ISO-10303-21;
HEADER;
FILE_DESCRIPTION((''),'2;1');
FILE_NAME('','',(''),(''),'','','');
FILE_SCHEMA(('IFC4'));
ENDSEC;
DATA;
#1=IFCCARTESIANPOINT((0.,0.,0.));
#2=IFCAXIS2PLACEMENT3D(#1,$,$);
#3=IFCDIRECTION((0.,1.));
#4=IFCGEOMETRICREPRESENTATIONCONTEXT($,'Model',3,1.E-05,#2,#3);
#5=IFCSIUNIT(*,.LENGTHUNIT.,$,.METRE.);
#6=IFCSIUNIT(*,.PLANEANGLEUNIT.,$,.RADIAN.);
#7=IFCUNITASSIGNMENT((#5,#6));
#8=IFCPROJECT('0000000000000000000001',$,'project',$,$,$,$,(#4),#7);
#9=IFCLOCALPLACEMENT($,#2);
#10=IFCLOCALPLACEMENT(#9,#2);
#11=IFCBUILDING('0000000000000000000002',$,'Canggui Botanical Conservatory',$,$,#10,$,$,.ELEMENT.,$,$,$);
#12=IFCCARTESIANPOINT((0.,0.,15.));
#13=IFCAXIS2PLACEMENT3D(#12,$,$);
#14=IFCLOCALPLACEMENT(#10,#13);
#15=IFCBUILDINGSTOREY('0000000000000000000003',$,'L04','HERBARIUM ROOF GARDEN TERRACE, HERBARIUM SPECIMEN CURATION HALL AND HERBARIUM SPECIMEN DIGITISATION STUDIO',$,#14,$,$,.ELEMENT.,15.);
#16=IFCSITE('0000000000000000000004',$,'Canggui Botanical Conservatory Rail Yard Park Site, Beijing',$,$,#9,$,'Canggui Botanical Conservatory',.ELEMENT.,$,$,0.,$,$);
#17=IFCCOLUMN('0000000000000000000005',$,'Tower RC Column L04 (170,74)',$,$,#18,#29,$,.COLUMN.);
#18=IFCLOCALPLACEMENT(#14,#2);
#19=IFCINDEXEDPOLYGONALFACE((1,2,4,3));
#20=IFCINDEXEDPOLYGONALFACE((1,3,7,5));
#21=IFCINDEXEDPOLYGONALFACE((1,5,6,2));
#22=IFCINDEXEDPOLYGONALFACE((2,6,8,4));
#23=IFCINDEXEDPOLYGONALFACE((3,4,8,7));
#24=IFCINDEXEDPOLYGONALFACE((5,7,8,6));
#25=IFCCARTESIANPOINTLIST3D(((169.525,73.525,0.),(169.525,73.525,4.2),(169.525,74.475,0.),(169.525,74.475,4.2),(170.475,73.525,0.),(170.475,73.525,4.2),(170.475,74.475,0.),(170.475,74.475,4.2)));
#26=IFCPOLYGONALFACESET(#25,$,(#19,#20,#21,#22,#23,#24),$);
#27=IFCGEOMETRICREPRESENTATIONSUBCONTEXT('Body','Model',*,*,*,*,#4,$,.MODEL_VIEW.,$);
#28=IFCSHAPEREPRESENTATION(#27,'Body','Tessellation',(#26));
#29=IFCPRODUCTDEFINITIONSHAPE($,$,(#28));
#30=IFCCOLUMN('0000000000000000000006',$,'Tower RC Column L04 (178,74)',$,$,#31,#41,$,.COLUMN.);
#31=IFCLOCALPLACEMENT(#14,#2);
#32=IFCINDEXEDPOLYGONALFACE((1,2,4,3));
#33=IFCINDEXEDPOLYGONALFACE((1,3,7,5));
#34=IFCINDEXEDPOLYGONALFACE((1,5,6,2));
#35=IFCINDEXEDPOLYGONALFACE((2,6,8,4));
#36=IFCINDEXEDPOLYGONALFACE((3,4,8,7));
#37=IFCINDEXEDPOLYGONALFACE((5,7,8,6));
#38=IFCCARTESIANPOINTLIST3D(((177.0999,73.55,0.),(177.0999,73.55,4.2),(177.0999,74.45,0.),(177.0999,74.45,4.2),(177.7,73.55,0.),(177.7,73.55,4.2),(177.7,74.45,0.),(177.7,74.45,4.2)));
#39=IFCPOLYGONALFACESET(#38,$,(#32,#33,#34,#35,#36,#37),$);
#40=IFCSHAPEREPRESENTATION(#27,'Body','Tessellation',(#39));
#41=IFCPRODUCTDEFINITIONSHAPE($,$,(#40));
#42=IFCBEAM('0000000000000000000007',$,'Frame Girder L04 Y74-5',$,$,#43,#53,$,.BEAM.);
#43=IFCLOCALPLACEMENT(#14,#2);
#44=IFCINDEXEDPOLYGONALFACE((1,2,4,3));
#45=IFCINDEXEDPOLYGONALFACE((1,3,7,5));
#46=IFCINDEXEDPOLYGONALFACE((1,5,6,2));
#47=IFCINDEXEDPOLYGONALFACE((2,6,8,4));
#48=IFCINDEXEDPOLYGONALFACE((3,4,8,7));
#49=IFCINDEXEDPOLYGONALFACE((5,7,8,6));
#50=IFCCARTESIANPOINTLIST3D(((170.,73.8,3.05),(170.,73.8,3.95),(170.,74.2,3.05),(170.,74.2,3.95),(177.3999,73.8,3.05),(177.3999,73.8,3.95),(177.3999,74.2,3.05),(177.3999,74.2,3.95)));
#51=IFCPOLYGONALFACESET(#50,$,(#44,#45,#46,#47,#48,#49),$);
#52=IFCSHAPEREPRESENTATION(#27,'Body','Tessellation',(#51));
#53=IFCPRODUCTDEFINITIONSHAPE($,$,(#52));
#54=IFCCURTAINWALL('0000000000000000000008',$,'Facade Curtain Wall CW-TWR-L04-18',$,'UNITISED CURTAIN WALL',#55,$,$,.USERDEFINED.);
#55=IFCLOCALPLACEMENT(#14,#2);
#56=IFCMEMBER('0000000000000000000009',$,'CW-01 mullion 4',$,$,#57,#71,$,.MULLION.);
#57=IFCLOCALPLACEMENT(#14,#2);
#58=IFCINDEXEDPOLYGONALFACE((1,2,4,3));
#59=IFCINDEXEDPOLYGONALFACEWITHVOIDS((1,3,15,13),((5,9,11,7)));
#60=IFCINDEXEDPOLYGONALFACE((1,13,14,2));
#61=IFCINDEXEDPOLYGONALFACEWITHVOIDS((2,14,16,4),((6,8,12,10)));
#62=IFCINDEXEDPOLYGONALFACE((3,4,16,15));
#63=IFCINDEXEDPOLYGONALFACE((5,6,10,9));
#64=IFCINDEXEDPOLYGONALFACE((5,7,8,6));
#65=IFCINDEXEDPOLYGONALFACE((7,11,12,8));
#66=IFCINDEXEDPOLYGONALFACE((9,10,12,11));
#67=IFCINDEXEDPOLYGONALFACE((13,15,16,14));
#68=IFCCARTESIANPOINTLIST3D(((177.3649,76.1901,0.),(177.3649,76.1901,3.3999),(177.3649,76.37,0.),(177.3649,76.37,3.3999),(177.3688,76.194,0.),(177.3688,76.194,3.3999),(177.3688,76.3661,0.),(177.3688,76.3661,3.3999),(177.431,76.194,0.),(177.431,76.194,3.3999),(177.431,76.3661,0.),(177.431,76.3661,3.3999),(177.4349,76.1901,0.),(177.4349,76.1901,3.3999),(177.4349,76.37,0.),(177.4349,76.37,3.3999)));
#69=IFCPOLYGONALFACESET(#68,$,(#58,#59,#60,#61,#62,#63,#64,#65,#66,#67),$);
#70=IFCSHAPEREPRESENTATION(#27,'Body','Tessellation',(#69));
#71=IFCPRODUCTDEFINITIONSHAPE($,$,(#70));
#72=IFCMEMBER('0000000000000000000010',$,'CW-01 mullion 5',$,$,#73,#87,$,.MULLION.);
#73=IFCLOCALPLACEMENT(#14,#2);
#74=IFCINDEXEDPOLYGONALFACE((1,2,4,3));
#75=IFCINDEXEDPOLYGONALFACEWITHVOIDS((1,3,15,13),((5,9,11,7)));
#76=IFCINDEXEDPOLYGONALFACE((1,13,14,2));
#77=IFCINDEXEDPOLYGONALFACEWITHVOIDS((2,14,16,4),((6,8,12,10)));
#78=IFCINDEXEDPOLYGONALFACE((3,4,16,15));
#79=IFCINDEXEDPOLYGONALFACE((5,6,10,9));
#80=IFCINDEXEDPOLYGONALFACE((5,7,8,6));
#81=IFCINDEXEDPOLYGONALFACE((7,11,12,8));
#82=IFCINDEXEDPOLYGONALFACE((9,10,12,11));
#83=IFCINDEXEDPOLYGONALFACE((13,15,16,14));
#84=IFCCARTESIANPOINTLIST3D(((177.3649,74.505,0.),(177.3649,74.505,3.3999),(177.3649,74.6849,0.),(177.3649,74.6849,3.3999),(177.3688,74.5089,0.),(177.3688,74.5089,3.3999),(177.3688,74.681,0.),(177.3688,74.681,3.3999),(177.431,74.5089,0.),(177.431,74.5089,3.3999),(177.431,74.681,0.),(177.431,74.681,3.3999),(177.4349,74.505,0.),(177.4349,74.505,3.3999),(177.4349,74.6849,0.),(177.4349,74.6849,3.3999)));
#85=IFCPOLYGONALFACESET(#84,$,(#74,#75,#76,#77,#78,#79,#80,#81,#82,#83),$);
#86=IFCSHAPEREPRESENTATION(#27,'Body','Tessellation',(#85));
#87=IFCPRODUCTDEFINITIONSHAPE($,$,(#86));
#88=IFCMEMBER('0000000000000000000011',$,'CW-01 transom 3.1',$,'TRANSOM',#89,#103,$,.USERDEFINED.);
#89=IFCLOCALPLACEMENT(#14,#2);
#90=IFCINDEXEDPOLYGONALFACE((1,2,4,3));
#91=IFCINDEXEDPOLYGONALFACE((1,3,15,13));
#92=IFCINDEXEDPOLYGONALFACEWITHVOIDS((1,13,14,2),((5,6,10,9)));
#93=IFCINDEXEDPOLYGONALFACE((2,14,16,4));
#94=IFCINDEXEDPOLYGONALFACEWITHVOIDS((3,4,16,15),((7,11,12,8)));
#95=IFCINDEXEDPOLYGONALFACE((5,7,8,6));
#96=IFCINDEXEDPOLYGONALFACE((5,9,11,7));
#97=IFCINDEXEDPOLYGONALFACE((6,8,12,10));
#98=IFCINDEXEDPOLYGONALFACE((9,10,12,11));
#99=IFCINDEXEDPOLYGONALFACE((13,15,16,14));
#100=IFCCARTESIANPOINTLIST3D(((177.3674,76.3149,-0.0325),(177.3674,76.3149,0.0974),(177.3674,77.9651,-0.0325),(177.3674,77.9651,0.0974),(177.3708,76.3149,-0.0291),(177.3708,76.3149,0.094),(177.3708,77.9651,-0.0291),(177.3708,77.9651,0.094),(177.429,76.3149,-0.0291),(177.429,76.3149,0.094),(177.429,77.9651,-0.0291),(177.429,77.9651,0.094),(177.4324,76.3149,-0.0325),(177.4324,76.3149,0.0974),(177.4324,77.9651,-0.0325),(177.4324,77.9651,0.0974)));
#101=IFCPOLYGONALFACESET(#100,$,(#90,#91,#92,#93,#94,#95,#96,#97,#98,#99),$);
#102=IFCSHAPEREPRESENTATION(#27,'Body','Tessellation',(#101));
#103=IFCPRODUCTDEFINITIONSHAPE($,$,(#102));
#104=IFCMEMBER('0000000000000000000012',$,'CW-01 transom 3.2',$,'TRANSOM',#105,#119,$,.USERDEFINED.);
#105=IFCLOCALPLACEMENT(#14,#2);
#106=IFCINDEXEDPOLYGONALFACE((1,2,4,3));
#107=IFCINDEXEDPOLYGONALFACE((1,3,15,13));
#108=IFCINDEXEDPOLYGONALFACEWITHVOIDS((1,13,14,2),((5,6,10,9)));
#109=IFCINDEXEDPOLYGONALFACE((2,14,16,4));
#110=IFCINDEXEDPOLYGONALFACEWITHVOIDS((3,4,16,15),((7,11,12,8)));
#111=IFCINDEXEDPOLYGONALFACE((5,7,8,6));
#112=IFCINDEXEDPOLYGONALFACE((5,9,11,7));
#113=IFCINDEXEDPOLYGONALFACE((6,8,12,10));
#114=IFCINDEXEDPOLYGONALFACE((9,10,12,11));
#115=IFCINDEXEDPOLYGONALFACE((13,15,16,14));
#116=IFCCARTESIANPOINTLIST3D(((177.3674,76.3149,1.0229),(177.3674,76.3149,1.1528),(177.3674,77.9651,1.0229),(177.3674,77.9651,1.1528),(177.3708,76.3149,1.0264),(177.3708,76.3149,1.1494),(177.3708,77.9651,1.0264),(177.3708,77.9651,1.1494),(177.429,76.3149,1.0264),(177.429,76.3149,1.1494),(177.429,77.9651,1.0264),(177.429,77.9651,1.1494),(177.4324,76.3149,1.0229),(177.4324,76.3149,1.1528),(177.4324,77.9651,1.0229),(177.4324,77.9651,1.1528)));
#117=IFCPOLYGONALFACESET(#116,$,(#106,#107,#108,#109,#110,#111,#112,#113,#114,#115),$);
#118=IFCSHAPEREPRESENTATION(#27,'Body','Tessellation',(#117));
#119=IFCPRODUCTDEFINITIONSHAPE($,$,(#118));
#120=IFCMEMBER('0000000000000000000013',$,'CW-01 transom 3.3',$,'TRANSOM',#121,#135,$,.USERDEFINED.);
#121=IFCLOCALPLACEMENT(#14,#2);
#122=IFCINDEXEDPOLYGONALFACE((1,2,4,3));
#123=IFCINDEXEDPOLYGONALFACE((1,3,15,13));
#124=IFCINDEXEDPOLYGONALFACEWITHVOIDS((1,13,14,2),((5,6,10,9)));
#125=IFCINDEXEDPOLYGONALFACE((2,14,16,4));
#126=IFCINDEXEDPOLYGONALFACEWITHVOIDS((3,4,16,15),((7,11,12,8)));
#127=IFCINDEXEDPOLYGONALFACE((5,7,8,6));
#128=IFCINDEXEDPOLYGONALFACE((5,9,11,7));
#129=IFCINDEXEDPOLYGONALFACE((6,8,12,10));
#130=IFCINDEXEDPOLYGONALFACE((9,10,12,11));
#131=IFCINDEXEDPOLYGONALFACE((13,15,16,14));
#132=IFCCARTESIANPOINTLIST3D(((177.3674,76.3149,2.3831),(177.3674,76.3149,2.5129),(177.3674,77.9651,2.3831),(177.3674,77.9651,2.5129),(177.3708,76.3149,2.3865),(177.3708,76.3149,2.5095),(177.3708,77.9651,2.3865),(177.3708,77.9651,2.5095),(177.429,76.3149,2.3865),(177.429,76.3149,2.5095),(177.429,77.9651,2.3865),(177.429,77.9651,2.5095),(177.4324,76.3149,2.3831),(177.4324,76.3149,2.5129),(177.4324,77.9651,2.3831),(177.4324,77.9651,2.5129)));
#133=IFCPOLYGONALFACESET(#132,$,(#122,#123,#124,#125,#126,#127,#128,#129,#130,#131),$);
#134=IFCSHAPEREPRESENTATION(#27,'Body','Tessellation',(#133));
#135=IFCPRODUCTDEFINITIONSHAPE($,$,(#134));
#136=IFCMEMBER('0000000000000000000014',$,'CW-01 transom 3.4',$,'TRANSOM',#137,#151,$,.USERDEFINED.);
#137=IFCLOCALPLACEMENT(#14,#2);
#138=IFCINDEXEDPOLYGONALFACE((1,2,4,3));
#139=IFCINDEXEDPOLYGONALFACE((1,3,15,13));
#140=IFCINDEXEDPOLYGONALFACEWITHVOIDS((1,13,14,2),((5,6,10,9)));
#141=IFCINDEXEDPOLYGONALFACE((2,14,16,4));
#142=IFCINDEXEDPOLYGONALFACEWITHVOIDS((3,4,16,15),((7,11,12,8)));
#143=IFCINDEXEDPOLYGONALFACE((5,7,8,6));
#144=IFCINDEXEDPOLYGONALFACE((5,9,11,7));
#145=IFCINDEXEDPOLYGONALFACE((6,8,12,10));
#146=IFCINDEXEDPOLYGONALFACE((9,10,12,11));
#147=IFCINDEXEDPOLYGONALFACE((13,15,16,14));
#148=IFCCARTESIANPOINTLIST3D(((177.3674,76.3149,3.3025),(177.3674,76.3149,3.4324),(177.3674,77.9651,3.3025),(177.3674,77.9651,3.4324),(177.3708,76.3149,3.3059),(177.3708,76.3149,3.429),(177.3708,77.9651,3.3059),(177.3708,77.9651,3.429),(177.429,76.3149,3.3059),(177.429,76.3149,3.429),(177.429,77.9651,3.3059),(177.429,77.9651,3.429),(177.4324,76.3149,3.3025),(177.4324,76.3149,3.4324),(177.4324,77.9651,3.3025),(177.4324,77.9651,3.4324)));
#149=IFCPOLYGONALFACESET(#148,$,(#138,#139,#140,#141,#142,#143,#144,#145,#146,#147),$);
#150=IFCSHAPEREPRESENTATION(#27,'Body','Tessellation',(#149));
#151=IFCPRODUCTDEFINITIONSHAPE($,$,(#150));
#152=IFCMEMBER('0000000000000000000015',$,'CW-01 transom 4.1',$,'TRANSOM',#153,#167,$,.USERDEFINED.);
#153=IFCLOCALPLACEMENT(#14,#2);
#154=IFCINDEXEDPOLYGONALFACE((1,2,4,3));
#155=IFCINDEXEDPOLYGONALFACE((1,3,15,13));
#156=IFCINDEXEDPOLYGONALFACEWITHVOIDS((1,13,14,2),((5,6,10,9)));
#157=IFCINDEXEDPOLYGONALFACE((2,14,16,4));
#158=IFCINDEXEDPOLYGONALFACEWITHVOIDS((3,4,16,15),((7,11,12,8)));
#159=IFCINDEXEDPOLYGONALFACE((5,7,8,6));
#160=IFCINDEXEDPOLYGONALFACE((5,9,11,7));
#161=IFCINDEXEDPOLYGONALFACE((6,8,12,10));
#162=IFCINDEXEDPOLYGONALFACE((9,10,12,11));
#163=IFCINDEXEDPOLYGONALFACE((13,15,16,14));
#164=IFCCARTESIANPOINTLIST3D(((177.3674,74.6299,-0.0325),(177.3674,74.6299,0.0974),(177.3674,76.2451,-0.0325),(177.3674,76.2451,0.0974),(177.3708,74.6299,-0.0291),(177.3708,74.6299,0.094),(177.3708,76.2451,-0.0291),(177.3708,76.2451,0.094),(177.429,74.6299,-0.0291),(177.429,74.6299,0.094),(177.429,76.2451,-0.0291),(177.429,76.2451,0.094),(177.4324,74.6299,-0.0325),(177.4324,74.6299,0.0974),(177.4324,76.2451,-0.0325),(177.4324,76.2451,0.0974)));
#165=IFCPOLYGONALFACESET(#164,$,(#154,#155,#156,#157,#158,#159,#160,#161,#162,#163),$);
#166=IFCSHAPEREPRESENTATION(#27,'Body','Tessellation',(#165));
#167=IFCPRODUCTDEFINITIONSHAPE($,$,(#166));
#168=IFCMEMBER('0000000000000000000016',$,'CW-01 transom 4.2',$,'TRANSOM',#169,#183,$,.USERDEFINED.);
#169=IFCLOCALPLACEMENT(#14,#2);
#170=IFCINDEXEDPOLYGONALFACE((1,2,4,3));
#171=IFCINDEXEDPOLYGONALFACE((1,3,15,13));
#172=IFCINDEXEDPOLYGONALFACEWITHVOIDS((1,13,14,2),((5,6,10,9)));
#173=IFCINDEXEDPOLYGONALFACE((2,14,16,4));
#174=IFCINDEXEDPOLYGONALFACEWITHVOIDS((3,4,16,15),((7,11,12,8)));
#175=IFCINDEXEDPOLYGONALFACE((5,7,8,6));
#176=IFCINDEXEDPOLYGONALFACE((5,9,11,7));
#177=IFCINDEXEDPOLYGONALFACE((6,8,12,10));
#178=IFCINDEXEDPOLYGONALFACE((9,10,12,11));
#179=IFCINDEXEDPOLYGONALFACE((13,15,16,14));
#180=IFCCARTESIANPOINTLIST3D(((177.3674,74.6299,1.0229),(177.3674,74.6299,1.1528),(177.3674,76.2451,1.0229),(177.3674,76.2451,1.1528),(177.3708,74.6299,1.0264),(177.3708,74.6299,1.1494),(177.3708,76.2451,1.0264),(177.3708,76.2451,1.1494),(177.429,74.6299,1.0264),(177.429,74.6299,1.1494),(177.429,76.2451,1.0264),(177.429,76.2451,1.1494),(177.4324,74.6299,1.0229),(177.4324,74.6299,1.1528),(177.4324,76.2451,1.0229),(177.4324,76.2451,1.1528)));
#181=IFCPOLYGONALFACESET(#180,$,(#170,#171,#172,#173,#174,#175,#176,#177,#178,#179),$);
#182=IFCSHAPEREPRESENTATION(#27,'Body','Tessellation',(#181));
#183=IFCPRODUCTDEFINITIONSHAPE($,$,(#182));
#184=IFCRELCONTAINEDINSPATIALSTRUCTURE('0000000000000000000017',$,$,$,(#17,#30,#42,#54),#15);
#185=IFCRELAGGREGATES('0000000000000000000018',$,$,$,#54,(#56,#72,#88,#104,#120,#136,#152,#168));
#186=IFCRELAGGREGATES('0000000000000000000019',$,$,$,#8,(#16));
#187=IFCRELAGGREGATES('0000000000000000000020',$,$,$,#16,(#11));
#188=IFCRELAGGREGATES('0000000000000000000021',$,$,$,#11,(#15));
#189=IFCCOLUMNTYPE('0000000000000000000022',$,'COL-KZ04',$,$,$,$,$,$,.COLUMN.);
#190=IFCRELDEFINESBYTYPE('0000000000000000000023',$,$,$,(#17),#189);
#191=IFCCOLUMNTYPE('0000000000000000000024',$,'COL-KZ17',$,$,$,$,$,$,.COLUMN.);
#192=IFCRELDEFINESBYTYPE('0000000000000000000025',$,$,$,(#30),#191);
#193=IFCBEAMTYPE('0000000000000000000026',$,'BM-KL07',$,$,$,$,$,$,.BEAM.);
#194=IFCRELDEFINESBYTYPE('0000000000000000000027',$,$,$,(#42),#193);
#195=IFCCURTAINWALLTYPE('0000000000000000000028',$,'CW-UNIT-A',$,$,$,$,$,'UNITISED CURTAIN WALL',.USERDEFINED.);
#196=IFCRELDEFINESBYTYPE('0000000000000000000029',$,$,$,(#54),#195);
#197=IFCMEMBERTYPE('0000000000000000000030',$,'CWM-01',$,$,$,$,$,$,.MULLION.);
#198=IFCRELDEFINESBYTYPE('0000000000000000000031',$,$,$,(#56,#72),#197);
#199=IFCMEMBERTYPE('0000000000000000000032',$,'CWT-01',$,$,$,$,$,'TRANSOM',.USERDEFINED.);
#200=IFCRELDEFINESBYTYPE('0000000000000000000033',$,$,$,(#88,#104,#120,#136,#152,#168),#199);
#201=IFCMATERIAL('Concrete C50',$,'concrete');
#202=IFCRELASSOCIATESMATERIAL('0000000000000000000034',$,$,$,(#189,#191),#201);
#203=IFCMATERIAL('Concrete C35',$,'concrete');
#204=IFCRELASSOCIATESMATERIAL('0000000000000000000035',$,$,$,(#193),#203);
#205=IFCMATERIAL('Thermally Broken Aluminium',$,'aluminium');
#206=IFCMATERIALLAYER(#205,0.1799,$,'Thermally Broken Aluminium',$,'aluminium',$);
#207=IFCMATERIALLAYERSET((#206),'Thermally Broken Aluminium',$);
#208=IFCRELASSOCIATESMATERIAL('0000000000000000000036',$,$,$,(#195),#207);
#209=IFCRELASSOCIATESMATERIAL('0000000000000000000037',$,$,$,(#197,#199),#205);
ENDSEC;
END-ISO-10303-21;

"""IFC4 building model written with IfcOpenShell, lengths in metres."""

from ifc_helpers import new_model, si_unit, direction, frame, origin, origin_2d, place, context, subcontext, project, spatial, rectangle, hollow_rectangle, extrude, material, layer, layer_set, material_profile, profile_set, type_object, element, aggregate, save


model = new_model("IFC4")

# Units and contexts
model_context = context("Model", 3, precision=1e-05, world=origin(), true_north=direction((0.0, 1.0)))
body_context = subcontext(model_context, "Body", "Model", "MODEL_VIEW")
ifc_project = project(units=[si_unit("LENGTHUNIT", "METRE"), si_unit("PLANEANGLEUNIT", "RADIAN")], contexts=[model_context])

# Site, building, storey
site_placement = place(None, origin())
site = spatial("IfcSite", under=ifc_project, at=site_placement, Name="Canggui Botanical Conservatory Rail Yard Park Site, Beijing", LongName="Canggui Botanical Conservatory", CompositionType="ELEMENT", RefElevation=0.0)
building_placement = place(site_placement, origin())
building = spatial("IfcBuilding", under=site, at=building_placement, Name="Canggui Botanical Conservatory", CompositionType="ELEMENT")
storey_placement = place(building_placement, frame((0.0, 0.0, 15.0)))
storey = spatial("IfcBuildingStorey", under=building, at=storey_placement, Name="L04", Description="HERBARIUM ROOF GARDEN TERRACE, HERBARIUM SPECIMEN CURATION HALL AND HERBARIUM SPECIMEN DIGITISATION STUDIO", CompositionType="ELEMENT", Elevation=15.0)

# Columns
ifc_material_1 = material(Name="Concrete C50", Category="concrete")
ifc_material_profile_1 = material_profile(ifc_material_1, rectangle(XDim=0.95, YDim=0.95, at=origin_2d()), Name="RC 950x950")
ifc_profile_set_1 = profile_set([ifc_material_profile_1], Name="Concrete C50")
column_type_1 = type_object("IfcColumnType", Name="COL-KZ04", PredefinedType="COLUMN", material=ifc_profile_set_1)
column_1_placement = place(storey_placement, frame((170.0, 74.0, 0.0), z_axis=(0.0, 0.0, 1.0), x_axis=(1.0, 0.0, 0.0)))
element("IfcColumn", 1, at=column_1_placement, inside=storey, type_object=column_type_1, Name="Tower RC Column L04 (170,74)", PredefinedType="COLUMN", context=body_context, shape_type="SweptSolid", body=[
    extrude(rectangle(XDim=0.95, YDim=0.95, at=origin_2d()), origin(), (0.0, 0.0, 1.0), 4.2),
])
ifc_material_profile_2 = material_profile(ifc_material_1, rectangle(XDim=0.6001, YDim=0.8999, at=origin_2d()), Name="RC 600x900")
ifc_profile_set_2 = profile_set([ifc_material_profile_2], Name="Concrete C50")
column_type_2 = type_object("IfcColumnType", Name="COL-KZ17", PredefinedType="COLUMN", material=ifc_profile_set_2)
column_2_placement = place(storey_placement, frame((177.3999, 74.0, 0.0), z_axis=(0.0, 0.0, 1.0), x_axis=(1.0, 0.0, 0.0)))
element("IfcColumn", 2, at=column_2_placement, inside=storey, type_object=column_type_2, Name="Tower RC Column L04 (178,74)", PredefinedType="COLUMN", context=body_context, shape_type="SweptSolid", body=[
    extrude(rectangle(XDim=0.6001, YDim=0.8999, at=origin_2d()), origin(), (0.0, 0.0, 1.0), 4.2),
])

# Beam
ifc_material_2 = material(Name="Concrete C35", Category="concrete")
ifc_material_profile_3 = material_profile(ifc_material_2, rectangle(XDim=0.3999, YDim=0.8999, at=origin_2d()), Name="RB 400x900")
ifc_profile_set_3 = profile_set([ifc_material_profile_3], Name="Concrete C35")
beam_type = type_object("IfcBeamType", Name="BM-KL07", PredefinedType="BEAM", material=ifc_profile_set_3)
beam_placement = place(storey_placement, frame((170.0, 74.0, 3.5), z_axis=(1.0, 0.0, 0.0), x_axis=(0.0, 1.0, 0.0)))
element("IfcBeam", 3, at=beam_placement, inside=storey, type_object=beam_type, Name="Frame Girder L04 Y74-5", PredefinedType="BEAM", context=body_context, shape_type="SweptSolid", body=[
    extrude(rectangle(XDim=0.3999, YDim=0.8999, at=origin_2d()), origin(), (0.0, 0.0, 1.0), 7.3999),
])

# Curtain wall, members
ifc_material_3 = material(Name="Thermally Broken Aluminium", Category="aluminium")
ifc_layer_1 = layer(ifc_material_3, 0.1799, Name="Thermally Broken Aluminium", Category="aluminium")
ifc_layer_set_1 = layer_set([ifc_layer_1], Name="Thermally Broken Aluminium")
curtain_wall_type = type_object("IfcCurtainWallType", Name="CW-UNIT-A", ElementType="UNITISED CURTAIN WALL", PredefinedType="USERDEFINED", material=ifc_layer_set_1)
curtain_wall_placement = place(storey_placement, origin())
curtain_wall = element("IfcCurtainWall", 4, at=curtain_wall_placement, inside=storey, type_object=curtain_wall_type, Name="Facade Curtain Wall CW-TWR-L04-18", ObjectType="UNITISED CURTAIN WALL", PredefinedType="USERDEFINED")
ifc_material_profile_4 = material_profile(ifc_material_3, hollow_rectangle(XDim=0.0701, YDim=0.1799, WallThickness=0.0039, at=origin_2d()), Name="CWM 70x180x4")
ifc_profile_set_4 = profile_set([ifc_material_profile_4], Name="Thermally Broken Aluminium")
member_type_1 = type_object("IfcMemberType", Name="CWM-01", PredefinedType="MULLION", material=ifc_profile_set_4)
member_1_placement = place(storey_placement, frame((177.3999, 76.28, 0.0), z_axis=(0.0, 0.0, 1.0), x_axis=(1.0, 0.0, 0.0)))
member_1 = element("IfcMember", 5, at=member_1_placement, type_object=member_type_1, Name="CW-01 mullion 4", PredefinedType="MULLION", context=body_context, shape_type="SweptSolid", body=[
    extrude(hollow_rectangle(XDim=0.0701, YDim=0.1799, WallThickness=0.0039, at=origin_2d()), origin(), (0.0, 0.0, 1.0), 3.3999),
])
member_2_placement = place(storey_placement, frame((177.3999, 74.595, 0.0), z_axis=(0.0, 0.0, 1.0), x_axis=(1.0, 0.0, 0.0)))
member_2 = element("IfcMember", 6, at=member_2_placement, type_object=member_type_1, Name="CW-01 mullion 5", PredefinedType="MULLION", context=body_context, shape_type="SweptSolid", body=[
    extrude(hollow_rectangle(XDim=0.0701, YDim=0.1799, WallThickness=0.0039, at=origin_2d()), origin(), (0.0, 0.0, 1.0), 3.3999),
])
ifc_material_profile_5 = material_profile(ifc_material_3, hollow_rectangle(XDim=0.0649, YDim=0.1299, WallThickness=0.0034, at=origin_2d()), Name="CWT 65x130x3.5")
ifc_profile_set_5 = profile_set([ifc_material_profile_5], Name="Thermally Broken Aluminium")
member_type_2 = type_object("IfcMemberType", Name="CWT-01", ElementType="TRANSOM", PredefinedType="USERDEFINED", material=ifc_profile_set_5)
member_3_placement = place(storey_placement, frame((177.3999, 77.9651, 0.0325), z_axis=(0.0, -1.0, 0.0), x_axis=(1.0, 0.0, 0.0)))
member_3 = element("IfcMember", 7, at=member_3_placement, type_object=member_type_2, Name="CW-01 transom 3.1", ObjectType="TRANSOM", PredefinedType="USERDEFINED", context=body_context, shape_type="SweptSolid", body=[
    extrude(hollow_rectangle(XDim=0.0649, YDim=0.1299, WallThickness=0.0034, at=origin_2d()), origin(), (0.0, 0.0, 1.0), 1.6501),
])
member_4_placement = place(storey_placement, frame((177.3999, 77.9651, 1.0879), z_axis=(0.0, -1.0, 0.0), x_axis=(1.0, 0.0, 0.0)))
member_4 = element("IfcMember", 8, at=member_4_placement, type_object=member_type_2, Name="CW-01 transom 3.2", ObjectType="TRANSOM", PredefinedType="USERDEFINED", context=body_context, shape_type="SweptSolid", body=[
    extrude(hollow_rectangle(XDim=0.0649, YDim=0.1299, WallThickness=0.0034, at=origin_2d()), origin(), (0.0, 0.0, 1.0), 1.6501),
])
member_5_placement = place(storey_placement, frame((177.3999, 77.9651, 2.448), z_axis=(0.0, -1.0, 0.0), x_axis=(1.0, 0.0, 0.0)))
member_5 = element("IfcMember", 9, at=member_5_placement, type_object=member_type_2, Name="CW-01 transom 3.3", ObjectType="TRANSOM", PredefinedType="USERDEFINED", context=body_context, shape_type="SweptSolid", body=[
    extrude(hollow_rectangle(XDim=0.0649, YDim=0.1299, WallThickness=0.0034, at=origin_2d()), origin(), (0.0, 0.0, 1.0), 1.6501),
])
member_6_placement = place(storey_placement, frame((177.3999, 77.9651, 3.3674), z_axis=(0.0, -1.0, 0.0), x_axis=(1.0, 0.0, 0.0)))
member_6 = element("IfcMember", 10, at=member_6_placement, type_object=member_type_2, Name="CW-01 transom 3.4", ObjectType="TRANSOM", PredefinedType="USERDEFINED", context=body_context, shape_type="SweptSolid", body=[
    extrude(hollow_rectangle(XDim=0.0649, YDim=0.1299, WallThickness=0.0034, at=origin_2d()), origin(), (0.0, 0.0, 1.0), 1.6501),
])
member_7_placement = place(storey_placement, frame((177.3999, 76.2451, 0.0325), z_axis=(0.0, -1.0, 0.0), x_axis=(1.0, 0.0, 0.0)))
member_7 = element("IfcMember", 11, at=member_7_placement, type_object=member_type_2, Name="CW-01 transom 4.1", ObjectType="TRANSOM", PredefinedType="USERDEFINED", context=body_context, shape_type="SweptSolid", body=[
    extrude(hollow_rectangle(XDim=0.0649, YDim=0.1299, WallThickness=0.0034, at=origin_2d()), origin(), (0.0, 0.0, 1.0), 1.6152),
])
member_8_placement = place(storey_placement, frame((177.3999, 76.2451, 1.0879), z_axis=(0.0, -1.0, 0.0), x_axis=(1.0, 0.0, 0.0)))
member_8 = element("IfcMember", 12, at=member_8_placement, type_object=member_type_2, Name="CW-01 transom 4.2", ObjectType="TRANSOM", PredefinedType="USERDEFINED", context=body_context, shape_type="SweptSolid", body=[
    extrude(hollow_rectangle(XDim=0.0649, YDim=0.1299, WallThickness=0.0034, at=origin_2d()), origin(), (0.0, 0.0, 1.0), 1.6152),
])
aggregate(curtain_wall, [member_1, member_2, member_3, member_4, member_5, member_6, member_7, member_8])

save(model, "model.ifc")
